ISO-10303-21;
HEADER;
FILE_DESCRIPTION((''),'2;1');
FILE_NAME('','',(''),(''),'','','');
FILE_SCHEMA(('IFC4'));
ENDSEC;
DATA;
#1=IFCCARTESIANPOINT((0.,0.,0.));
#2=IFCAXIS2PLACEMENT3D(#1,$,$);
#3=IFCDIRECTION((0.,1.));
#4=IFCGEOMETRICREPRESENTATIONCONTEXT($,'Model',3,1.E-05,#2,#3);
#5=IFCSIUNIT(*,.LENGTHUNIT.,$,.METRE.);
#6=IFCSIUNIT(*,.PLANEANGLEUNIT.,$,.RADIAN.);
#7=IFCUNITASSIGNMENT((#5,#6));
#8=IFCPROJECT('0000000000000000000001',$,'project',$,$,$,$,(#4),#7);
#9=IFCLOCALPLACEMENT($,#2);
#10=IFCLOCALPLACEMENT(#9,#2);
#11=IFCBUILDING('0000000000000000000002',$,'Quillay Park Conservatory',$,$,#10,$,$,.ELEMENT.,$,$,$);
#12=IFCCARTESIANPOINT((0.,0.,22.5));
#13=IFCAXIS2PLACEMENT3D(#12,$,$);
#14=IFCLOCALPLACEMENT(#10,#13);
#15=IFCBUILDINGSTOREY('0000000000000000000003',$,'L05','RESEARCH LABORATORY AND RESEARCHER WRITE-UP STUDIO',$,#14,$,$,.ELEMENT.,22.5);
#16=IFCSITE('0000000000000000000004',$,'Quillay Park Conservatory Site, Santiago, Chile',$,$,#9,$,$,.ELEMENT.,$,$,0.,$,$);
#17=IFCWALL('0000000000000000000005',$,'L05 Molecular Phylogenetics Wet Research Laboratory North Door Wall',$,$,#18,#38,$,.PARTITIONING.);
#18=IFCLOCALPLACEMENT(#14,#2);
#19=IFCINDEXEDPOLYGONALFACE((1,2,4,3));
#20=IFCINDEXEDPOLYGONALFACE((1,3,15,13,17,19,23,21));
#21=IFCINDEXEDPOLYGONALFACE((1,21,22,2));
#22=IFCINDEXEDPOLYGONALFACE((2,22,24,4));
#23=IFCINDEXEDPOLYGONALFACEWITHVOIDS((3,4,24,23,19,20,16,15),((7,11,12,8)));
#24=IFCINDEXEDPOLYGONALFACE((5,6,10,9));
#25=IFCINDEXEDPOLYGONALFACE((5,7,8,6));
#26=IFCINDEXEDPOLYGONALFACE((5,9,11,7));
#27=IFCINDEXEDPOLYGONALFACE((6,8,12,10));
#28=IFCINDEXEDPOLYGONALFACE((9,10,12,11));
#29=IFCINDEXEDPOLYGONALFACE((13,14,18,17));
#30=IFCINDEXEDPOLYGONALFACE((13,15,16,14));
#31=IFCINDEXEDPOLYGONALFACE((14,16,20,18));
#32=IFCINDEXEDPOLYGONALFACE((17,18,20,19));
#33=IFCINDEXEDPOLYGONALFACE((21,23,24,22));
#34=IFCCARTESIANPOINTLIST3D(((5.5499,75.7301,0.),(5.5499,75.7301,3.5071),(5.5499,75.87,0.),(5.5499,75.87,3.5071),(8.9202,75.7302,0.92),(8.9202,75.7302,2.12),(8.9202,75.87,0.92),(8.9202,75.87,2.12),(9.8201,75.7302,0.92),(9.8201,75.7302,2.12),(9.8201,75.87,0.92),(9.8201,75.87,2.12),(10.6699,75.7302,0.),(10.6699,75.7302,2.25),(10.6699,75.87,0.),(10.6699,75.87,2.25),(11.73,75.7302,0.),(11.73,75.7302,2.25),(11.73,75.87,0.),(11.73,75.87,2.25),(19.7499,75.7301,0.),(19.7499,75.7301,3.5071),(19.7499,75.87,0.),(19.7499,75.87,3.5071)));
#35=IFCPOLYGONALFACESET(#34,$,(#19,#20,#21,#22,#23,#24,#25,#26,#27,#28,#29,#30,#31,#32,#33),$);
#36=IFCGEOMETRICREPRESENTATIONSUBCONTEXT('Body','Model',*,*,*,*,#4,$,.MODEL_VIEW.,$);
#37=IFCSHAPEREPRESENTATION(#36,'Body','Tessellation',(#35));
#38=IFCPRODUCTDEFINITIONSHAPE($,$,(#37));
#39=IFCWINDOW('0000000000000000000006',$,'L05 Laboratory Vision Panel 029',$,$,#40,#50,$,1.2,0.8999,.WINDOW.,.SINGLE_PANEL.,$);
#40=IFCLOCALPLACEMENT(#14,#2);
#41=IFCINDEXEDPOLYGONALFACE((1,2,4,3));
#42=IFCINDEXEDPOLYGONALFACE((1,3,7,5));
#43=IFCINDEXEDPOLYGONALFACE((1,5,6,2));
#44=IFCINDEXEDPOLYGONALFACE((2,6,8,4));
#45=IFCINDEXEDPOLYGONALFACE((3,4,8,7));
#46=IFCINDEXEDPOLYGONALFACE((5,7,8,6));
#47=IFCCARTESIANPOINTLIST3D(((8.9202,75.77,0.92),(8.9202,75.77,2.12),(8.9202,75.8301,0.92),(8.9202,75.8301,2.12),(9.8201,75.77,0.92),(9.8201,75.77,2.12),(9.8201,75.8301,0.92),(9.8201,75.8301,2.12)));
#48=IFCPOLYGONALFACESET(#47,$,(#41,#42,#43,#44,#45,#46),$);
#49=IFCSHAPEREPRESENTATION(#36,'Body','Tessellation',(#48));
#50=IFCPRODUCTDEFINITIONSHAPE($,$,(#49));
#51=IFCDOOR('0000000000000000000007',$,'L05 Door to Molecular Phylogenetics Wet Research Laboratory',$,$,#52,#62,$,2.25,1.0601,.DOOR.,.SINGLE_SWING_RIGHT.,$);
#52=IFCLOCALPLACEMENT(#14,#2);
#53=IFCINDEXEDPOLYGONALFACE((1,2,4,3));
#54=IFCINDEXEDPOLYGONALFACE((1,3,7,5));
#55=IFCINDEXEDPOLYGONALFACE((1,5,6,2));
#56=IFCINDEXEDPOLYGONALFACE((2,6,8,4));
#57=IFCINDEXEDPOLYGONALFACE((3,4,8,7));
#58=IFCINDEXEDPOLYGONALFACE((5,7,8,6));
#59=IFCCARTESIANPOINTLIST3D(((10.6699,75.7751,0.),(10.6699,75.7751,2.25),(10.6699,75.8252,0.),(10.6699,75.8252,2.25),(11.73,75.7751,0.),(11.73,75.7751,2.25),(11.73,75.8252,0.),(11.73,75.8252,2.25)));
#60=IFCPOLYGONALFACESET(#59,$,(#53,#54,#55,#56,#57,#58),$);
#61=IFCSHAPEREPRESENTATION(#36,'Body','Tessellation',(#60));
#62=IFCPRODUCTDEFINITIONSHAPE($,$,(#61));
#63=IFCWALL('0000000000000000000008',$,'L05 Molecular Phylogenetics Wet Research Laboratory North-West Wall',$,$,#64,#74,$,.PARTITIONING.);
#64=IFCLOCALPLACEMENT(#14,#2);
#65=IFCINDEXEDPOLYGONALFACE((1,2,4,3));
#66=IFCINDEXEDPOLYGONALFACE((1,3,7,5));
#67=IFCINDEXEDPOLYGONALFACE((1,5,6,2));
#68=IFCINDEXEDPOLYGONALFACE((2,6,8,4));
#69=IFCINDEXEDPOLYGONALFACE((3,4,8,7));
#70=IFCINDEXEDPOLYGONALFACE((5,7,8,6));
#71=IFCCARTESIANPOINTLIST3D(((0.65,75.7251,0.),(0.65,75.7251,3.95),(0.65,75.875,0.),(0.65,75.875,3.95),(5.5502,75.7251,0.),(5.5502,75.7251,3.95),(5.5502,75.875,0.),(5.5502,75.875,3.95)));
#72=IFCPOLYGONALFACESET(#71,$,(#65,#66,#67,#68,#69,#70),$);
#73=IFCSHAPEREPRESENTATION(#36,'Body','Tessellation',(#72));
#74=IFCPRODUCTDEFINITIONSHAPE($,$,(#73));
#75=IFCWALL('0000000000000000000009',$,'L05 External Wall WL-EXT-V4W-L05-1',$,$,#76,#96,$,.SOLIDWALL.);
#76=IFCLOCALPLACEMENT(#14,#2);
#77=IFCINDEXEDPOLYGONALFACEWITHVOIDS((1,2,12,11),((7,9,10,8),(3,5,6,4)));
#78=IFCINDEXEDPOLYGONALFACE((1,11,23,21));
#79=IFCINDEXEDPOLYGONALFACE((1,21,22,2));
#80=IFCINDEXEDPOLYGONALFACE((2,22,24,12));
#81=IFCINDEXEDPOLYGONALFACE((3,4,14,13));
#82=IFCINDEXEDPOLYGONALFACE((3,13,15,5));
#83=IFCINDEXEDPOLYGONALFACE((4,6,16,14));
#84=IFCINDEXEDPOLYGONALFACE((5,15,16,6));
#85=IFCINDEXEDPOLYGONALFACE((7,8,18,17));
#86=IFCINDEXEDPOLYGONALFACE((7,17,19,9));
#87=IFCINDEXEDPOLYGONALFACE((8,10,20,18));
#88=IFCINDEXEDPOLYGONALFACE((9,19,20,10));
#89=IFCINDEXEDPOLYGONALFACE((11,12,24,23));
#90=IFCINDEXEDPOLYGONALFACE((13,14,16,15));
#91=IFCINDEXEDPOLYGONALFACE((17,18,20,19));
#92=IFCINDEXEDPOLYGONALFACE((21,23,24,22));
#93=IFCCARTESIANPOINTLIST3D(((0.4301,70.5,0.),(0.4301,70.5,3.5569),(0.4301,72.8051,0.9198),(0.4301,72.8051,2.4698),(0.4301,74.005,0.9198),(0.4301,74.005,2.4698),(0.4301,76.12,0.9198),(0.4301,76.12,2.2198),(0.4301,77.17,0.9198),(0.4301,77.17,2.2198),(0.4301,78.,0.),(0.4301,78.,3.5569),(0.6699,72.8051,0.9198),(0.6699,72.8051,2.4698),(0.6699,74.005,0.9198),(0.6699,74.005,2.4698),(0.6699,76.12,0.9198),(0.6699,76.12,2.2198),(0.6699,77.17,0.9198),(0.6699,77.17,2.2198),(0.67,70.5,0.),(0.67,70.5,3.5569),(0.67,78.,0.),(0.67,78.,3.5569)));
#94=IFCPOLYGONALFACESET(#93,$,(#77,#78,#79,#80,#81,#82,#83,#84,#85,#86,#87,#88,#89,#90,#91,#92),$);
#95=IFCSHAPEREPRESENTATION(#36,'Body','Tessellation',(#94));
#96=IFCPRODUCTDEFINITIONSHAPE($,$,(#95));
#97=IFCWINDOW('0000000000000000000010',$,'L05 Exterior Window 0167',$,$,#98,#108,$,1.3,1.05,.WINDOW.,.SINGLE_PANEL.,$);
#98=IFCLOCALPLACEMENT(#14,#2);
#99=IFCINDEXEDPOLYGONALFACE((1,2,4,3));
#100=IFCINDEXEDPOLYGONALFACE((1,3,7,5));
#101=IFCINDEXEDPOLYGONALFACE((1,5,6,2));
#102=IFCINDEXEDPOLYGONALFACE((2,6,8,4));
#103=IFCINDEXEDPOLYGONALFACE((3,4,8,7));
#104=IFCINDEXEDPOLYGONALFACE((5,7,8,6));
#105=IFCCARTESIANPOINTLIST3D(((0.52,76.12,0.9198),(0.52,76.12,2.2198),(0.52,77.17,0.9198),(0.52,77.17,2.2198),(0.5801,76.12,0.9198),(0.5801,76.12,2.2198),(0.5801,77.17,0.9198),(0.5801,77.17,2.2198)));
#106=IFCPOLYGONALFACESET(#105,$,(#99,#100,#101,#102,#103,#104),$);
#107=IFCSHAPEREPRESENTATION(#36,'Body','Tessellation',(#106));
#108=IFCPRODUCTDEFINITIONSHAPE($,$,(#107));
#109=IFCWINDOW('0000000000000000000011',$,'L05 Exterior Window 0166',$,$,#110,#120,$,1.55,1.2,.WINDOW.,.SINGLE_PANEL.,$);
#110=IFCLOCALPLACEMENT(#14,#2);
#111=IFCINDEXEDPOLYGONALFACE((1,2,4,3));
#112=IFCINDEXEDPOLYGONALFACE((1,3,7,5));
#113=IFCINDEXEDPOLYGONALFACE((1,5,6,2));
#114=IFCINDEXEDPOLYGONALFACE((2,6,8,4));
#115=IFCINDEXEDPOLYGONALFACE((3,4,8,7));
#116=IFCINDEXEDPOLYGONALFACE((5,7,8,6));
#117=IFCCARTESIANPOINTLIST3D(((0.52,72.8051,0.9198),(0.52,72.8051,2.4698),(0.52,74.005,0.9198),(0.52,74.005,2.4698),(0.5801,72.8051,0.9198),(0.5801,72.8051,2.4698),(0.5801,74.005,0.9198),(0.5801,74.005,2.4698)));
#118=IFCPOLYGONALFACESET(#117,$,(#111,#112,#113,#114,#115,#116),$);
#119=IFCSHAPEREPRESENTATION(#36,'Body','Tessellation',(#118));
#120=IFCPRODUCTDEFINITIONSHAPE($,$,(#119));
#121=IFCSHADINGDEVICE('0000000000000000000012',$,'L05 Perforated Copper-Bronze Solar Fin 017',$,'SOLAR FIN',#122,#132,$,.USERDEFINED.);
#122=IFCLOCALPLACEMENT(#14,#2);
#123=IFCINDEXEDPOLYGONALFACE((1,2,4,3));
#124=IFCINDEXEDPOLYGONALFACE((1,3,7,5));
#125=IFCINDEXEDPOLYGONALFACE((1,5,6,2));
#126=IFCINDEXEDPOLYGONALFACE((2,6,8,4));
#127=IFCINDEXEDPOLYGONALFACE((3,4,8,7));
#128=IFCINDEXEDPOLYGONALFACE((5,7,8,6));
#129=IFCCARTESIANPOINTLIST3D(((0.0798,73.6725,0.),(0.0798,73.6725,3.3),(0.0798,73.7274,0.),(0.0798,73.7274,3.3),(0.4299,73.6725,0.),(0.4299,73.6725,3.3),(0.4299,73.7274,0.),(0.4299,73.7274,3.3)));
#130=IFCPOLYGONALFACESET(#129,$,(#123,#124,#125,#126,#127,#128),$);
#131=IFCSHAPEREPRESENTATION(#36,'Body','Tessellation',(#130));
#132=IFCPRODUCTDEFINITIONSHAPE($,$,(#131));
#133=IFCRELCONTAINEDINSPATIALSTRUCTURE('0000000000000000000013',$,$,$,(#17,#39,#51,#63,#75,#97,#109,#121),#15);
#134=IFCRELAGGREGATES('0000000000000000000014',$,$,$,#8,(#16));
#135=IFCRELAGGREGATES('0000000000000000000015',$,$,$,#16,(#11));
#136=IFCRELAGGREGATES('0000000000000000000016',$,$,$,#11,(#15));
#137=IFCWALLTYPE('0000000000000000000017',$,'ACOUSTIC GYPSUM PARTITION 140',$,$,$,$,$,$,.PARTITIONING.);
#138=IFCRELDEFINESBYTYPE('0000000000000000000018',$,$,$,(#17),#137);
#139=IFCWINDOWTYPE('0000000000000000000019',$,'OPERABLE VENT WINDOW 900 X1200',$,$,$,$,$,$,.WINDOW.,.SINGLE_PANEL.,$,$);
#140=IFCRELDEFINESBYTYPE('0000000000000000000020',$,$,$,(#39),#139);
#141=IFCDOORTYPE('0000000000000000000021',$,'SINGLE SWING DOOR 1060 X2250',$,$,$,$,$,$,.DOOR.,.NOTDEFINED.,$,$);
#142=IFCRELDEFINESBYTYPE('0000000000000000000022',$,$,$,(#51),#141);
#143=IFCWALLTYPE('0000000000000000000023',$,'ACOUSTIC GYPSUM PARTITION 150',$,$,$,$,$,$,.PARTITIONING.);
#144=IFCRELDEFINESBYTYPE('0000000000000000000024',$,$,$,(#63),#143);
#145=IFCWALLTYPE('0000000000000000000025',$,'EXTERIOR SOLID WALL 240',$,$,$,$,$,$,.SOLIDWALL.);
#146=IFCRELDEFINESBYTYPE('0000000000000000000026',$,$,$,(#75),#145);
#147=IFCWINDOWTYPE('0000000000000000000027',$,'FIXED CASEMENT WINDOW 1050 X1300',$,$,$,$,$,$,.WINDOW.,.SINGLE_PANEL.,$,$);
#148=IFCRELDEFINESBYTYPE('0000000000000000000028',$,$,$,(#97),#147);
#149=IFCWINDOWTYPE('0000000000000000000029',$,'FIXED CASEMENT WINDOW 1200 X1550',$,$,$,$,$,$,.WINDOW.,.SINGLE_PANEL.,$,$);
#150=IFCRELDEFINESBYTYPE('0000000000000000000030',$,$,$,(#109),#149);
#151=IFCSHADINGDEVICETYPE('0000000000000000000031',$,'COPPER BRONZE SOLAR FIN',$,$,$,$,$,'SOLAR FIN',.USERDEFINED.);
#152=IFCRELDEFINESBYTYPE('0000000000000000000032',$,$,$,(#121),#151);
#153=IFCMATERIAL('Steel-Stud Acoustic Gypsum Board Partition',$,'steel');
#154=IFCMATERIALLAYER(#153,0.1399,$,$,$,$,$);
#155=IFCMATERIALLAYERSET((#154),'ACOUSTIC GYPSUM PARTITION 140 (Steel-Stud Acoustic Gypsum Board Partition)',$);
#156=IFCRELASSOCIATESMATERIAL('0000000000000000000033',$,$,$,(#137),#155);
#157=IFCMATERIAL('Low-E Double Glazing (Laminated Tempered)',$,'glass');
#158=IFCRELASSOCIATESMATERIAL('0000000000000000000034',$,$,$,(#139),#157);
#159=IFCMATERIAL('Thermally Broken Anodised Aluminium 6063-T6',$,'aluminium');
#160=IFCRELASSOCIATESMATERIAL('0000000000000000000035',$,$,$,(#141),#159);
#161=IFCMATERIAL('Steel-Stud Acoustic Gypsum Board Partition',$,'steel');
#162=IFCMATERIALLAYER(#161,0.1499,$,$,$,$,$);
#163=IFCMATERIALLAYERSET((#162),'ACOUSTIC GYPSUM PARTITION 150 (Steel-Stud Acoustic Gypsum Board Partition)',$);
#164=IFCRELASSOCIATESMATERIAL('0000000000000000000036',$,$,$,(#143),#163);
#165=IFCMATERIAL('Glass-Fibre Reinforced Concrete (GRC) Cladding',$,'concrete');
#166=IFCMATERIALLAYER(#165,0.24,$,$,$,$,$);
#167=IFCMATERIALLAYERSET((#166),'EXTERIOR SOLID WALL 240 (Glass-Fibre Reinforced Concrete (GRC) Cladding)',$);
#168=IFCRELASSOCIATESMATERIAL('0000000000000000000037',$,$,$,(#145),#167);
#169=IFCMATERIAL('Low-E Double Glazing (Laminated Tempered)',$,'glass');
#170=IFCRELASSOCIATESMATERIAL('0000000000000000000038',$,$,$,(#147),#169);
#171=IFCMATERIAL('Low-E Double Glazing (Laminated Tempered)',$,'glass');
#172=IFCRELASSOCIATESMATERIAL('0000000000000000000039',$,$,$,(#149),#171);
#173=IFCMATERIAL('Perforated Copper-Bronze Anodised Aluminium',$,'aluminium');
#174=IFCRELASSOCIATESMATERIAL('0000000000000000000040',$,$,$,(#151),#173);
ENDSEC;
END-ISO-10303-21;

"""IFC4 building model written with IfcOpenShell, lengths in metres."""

from ifc_helpers import new_model, si_unit, direction, frame, frame_2d, origin, origin_2d, place, context, subcontext, project, spatial, rectangle, extrude, material, layer, layer_set, type_object, element, fill, save


model = new_model("IFC4")

# Units and contexts
model_context = context("Model", 3, precision=1e-05, world=origin(), true_north=direction((0.0, 1.0)))
body_context = subcontext(model_context, "Body", "Model", "MODEL_VIEW")
ifc_project = project(units=[si_unit("LENGTHUNIT", "METRE"), si_unit("PLANEANGLEUNIT", "RADIAN")], contexts=[model_context])

# Site, building, storey
site_placement = place(None, origin())
site = spatial("IfcSite", under=ifc_project, at=site_placement, Name="Quillay Park Conservatory Site, Santiago, Chile", CompositionType="ELEMENT", RefElevation=0.0)
building_placement = place(site_placement, origin())
building = spatial("IfcBuilding", under=site, at=building_placement, Name="Quillay Park Conservatory", CompositionType="ELEMENT")
storey_placement = place(building_placement, frame((0.0, 0.0, 22.5)))
storey = spatial("IfcBuildingStorey", under=building, at=storey_placement, Name="L05", Description="RESEARCH LABORATORY AND RESEARCHER WRITE-UP STUDIO", CompositionType="ELEMENT", Elevation=22.5)

# Wall, openings, window, door
ifc_material_1 = material(Name="Steel-Stud Acoustic Gypsum Board Partition", Category="steel")
ifc_layer_1 = layer(ifc_material_1, 0.1399)
ifc_layer_set_1 = layer_set([ifc_layer_1], Name="ACOUSTIC GYPSUM PARTITION 140 (Steel-Stud Acoustic Gypsum Board Partition)")
wall_type_1 = type_object("IfcWallType", Name="ACOUSTIC GYPSUM PARTITION 140", PredefinedType="PARTITIONING", material=ifc_layer_set_1)
wall_1_placement = place(storey_placement, frame((19.75, 75.8, 0.0), z_axis=(0.0, 0.0, 1.0), x_axis=(-1.0, 0.0, 0.0)))
wall_1 = element("IfcWall", 1, at=wall_1_placement, inside=storey, type_object=wall_type_1, Name="L05 Molecular Phylogenetics Wet Research Laboratory North Door Wall", PredefinedType="PARTITIONING", context=body_context, shape_type="SweptSolid", body=[
    extrude(rectangle(XDim=14.2, YDim=0.1399, at=frame_2d((7.1001, 0.0))), origin(), (0.0, 0.0, 1.0), 3.5071),
])
opening_1_placement = place(wall_1_placement, frame((8.02, 0.0, 0.0)))
opening_1 = element("IfcOpeningElement", 2, at=opening_1_placement, cuts=wall_1, PredefinedType="OPENING", context=body_context, shape_type="SweptSolid", body=[
    extrude(rectangle(XDim=1.0601, YDim=2.25, at=frame_2d((0.53, 1.125))), frame((0.0, 0.0698, 0.0), z_axis=(0.0, -1.0, 0.0), x_axis=(1.0, 0.0, 0.0)), (0.0, 0.0, 1.0), 0.1399),
])
opening_2_placement = place(wall_1_placement, frame((9.9299, 0.0, 0.9199)))
opening_2 = element("IfcOpeningElement", 3, at=opening_2_placement, cuts=wall_1, PredefinedType="OPENING", context=body_context, shape_type="SweptSolid", body=[
    extrude(rectangle(XDim=0.8999, YDim=1.2, at=frame_2d((0.45, 0.6001))), frame((0.0, 0.0698, 0.0), z_axis=(0.0, -1.0, 0.0), x_axis=(1.0, 0.0, 0.0)), (0.0, 0.0, 1.0), 0.1399),
])
ifc_material_2 = material(Name="Low-E Double Glazing (Laminated Tempered)", Category="glass")
window_type_1 = type_object("IfcWindowType", Name="OPERABLE VENT WINDOW 900 X1200", PartitioningType="SINGLE_PANEL", PredefinedType="WINDOW", material=ifc_material_2)
window_1_placement = place(opening_2_placement, origin())
window_1 = element("IfcWindow", 4, at=window_1_placement, inside=storey, type_object=window_type_1, Name="L05 Laboratory Vision Panel 029", OverallHeight=1.2, OverallWidth=0.8999, PartitioningType="SINGLE_PANEL", PredefinedType="WINDOW", context=body_context, shape_type="SweptSolid", body=[
    extrude(rectangle(XDim=0.8999, YDim=1.2, at=frame_2d((0.45, 0.6001))), frame((0.0, 0.03, 0.0), z_axis=(0.0, -1.0, 0.0), x_axis=(1.0, 0.0, 0.0)), (0.0, 0.0, 1.0), 0.0601),
])
fill(opening_2, window_1)
ifc_material_3 = material(Name="Thermally Broken Anodised Aluminium 6063-T6", Category="aluminium")
door_type_1 = type_object("IfcDoorType", Name="SINGLE SWING DOOR 1060 X2250", OperationType="NOTDEFINED", PredefinedType="DOOR", material=ifc_material_3)
door_1_placement = place(opening_1_placement, origin())
door_1 = element("IfcDoor", 5, at=door_1_placement, inside=storey, type_object=door_type_1, Name="L05 Door to Molecular Phylogenetics Wet Research Laboratory", OperationType="SINGLE_SWING_RIGHT", OverallHeight=2.25, OverallWidth=1.0601, PredefinedType="DOOR", context=body_context, shape_type="SweptSolid", body=[
    extrude(rectangle(XDim=1.0601, YDim=2.25, at=frame_2d((0.53, 1.125))), frame((0.0, 0.0249, 0.0), z_axis=(0.0, -1.0, 0.0), x_axis=(1.0, 0.0, 0.0)), (0.0, 0.0, 1.0), 0.05),
])
fill(opening_1, door_1)

# Wall
ifc_material_4 = material(Name="Steel-Stud Acoustic Gypsum Board Partition", Category="steel")
ifc_layer_2 = layer(ifc_material_4, 0.1499)
ifc_layer_set_2 = layer_set([ifc_layer_2], Name="ACOUSTIC GYPSUM PARTITION 150 (Steel-Stud Acoustic Gypsum Board Partition)")
wall_type_2 = type_object("IfcWallType", Name="ACOUSTIC GYPSUM PARTITION 150", PredefinedType="PARTITIONING", material=ifc_layer_set_2)
wall_2_placement = place(storey_placement, frame((0.6499, 75.8, 0.0), z_axis=(0.0, 0.0, 1.0), x_axis=(1.0, 0.0, 0.0)))
element("IfcWall", 6, at=wall_2_placement, inside=storey, type_object=wall_type_2, Name="L05 Molecular Phylogenetics Wet Research Laboratory North-West Wall", PredefinedType="PARTITIONING", context=body_context, shape_type="SweptSolid", body=[
    extrude(rectangle(XDim=4.9001, YDim=0.1499, at=frame_2d((2.4502, 0.0))), origin(), (0.0, 0.0, 1.0), 3.95),
])

# Wall, openings, windows
ifc_material_5 = material(Name="Glass-Fibre Reinforced Concrete (GRC) Cladding", Category="concrete")
ifc_layer_3 = layer(ifc_material_5, 0.24)
ifc_layer_set_3 = layer_set([ifc_layer_3], Name="EXTERIOR SOLID WALL 240 (Glass-Fibre Reinforced Concrete (GRC) Cladding)")
wall_type_3 = type_object("IfcWallType", Name="EXTERIOR SOLID WALL 240", PredefinedType="SOLIDWALL", material=ifc_layer_set_3)
wall_3_placement = place(storey_placement, frame((0.55, 70.5, 0.0), z_axis=(0.0, 0.0, 1.0), x_axis=(0.0, 1.0, 0.0)))
wall_3 = element("IfcWall", 7, at=wall_3_placement, inside=storey, type_object=wall_type_3, Name="L05 External Wall WL-EXT-V4W-L05-1", PredefinedType="SOLIDWALL", context=body_context, shape_type="SweptSolid", body=[
    extrude(rectangle(XDim=7.5, YDim=0.24, at=frame_2d((3.75, 0.0))), origin(), (0.0, 0.0, 1.0), 3.5569),
])
opening_3_placement = place(wall_3_placement, frame((2.3049, 0.0, 0.9199)))
opening_3 = element("IfcOpeningElement", 8, at=opening_3_placement, cuts=wall_3, PredefinedType="OPENING", context=body_context, shape_type="SweptSolid", body=[
    extrude(rectangle(XDim=1.2, YDim=1.55, at=frame_2d((0.6001, 0.7749))), frame((0.0, 0.1201, 0.0), z_axis=(0.0, -1.0, 0.0), x_axis=(1.0, 0.0, 0.0)), (0.0, 0.0, 1.0), 0.24),
])
opening_4_placement = place(wall_3_placement, frame((5.6201, 0.0, 0.9199)))
opening_4 = element("IfcOpeningElement", 9, at=opening_4_placement, cuts=wall_3, PredefinedType="OPENING", context=body_context, shape_type="SweptSolid", body=[
    extrude(rectangle(XDim=1.05, YDim=1.3, at=frame_2d((0.5249, 0.6499))), frame((0.0, 0.1201, 0.0), z_axis=(0.0, -1.0, 0.0), x_axis=(1.0, 0.0, 0.0)), (0.0, 0.0, 1.0), 0.24),
])
ifc_material_6 = material(Name="Low-E Double Glazing (Laminated Tempered)", Category="glass")
window_type_2 = type_object("IfcWindowType", Name="FIXED CASEMENT WINDOW 1050 X1300", PartitioningType="SINGLE_PANEL", PredefinedType="WINDOW", material=ifc_material_6)
window_2_placement = place(opening_4_placement, origin())
window_2 = element("IfcWindow", 10, at=window_2_placement, inside=storey, type_object=window_type_2, Name="L05 Exterior Window 0167", OverallHeight=1.3, OverallWidth=1.05, PartitioningType="SINGLE_PANEL", PredefinedType="WINDOW", context=body_context, shape_type="SweptSolid", body=[
    extrude(rectangle(XDim=1.05, YDim=1.3, at=frame_2d((0.5249, 0.6499))), frame((0.0, 0.03, 0.0), z_axis=(0.0, -1.0, 0.0), x_axis=(1.0, 0.0, 0.0)), (0.0, 0.0, 1.0), 0.0601),
])
fill(opening_4, window_2)
ifc_material_7 = material(Name="Low-E Double Glazing (Laminated Tempered)", Category="glass")
window_type_3 = type_object("IfcWindowType", Name="FIXED CASEMENT WINDOW 1200 X1550", PartitioningType="SINGLE_PANEL", PredefinedType="WINDOW", material=ifc_material_7)
window_3_placement = place(opening_3_placement, origin())
window_3 = element("IfcWindow", 11, at=window_3_placement, inside=storey, type_object=window_type_3, Name="L05 Exterior Window 0166", OverallHeight=1.55, OverallWidth=1.2, PartitioningType="SINGLE_PANEL", PredefinedType="WINDOW", context=body_context, shape_type="SweptSolid", body=[
    extrude(rectangle(XDim=1.2, YDim=1.55, at=frame_2d((0.6001, 0.7749))), frame((0.0, 0.03, 0.0), z_axis=(0.0, -1.0, 0.0), x_axis=(1.0, 0.0, 0.0)), (0.0, 0.0, 1.0), 0.0601),
])
fill(opening_3, window_3)

# Shading device
ifc_material_8 = material(Name="Perforated Copper-Bronze Anodised Aluminium", Category="aluminium")
shading_device_type = type_object("IfcShadingDeviceType", Name="COPPER BRONZE SOLAR FIN", ElementType="SOLAR FIN", PredefinedType="USERDEFINED", material=ifc_material_8)
shading_device_placement = place(storey_placement, frame((0.2549, 73.7, 0.0), z_axis=(0.0, 0.0, 1.0), x_axis=(1.0, 0.0, 0.0)))
element("IfcShadingDevice", 12, at=shading_device_placement, inside=storey, type_object=shading_device_type, Name="L05 Perforated Copper-Bronze Solar Fin 017", ObjectType="SOLAR FIN", PredefinedType="USERDEFINED", context=body_context, shape_type="SweptSolid", body=[
    extrude(rectangle(XDim=0.3501, YDim=0.0549, at=origin_2d()), origin(), (0.0, 0.0, 1.0), 3.3),
])

save(model, "model.ifc")
